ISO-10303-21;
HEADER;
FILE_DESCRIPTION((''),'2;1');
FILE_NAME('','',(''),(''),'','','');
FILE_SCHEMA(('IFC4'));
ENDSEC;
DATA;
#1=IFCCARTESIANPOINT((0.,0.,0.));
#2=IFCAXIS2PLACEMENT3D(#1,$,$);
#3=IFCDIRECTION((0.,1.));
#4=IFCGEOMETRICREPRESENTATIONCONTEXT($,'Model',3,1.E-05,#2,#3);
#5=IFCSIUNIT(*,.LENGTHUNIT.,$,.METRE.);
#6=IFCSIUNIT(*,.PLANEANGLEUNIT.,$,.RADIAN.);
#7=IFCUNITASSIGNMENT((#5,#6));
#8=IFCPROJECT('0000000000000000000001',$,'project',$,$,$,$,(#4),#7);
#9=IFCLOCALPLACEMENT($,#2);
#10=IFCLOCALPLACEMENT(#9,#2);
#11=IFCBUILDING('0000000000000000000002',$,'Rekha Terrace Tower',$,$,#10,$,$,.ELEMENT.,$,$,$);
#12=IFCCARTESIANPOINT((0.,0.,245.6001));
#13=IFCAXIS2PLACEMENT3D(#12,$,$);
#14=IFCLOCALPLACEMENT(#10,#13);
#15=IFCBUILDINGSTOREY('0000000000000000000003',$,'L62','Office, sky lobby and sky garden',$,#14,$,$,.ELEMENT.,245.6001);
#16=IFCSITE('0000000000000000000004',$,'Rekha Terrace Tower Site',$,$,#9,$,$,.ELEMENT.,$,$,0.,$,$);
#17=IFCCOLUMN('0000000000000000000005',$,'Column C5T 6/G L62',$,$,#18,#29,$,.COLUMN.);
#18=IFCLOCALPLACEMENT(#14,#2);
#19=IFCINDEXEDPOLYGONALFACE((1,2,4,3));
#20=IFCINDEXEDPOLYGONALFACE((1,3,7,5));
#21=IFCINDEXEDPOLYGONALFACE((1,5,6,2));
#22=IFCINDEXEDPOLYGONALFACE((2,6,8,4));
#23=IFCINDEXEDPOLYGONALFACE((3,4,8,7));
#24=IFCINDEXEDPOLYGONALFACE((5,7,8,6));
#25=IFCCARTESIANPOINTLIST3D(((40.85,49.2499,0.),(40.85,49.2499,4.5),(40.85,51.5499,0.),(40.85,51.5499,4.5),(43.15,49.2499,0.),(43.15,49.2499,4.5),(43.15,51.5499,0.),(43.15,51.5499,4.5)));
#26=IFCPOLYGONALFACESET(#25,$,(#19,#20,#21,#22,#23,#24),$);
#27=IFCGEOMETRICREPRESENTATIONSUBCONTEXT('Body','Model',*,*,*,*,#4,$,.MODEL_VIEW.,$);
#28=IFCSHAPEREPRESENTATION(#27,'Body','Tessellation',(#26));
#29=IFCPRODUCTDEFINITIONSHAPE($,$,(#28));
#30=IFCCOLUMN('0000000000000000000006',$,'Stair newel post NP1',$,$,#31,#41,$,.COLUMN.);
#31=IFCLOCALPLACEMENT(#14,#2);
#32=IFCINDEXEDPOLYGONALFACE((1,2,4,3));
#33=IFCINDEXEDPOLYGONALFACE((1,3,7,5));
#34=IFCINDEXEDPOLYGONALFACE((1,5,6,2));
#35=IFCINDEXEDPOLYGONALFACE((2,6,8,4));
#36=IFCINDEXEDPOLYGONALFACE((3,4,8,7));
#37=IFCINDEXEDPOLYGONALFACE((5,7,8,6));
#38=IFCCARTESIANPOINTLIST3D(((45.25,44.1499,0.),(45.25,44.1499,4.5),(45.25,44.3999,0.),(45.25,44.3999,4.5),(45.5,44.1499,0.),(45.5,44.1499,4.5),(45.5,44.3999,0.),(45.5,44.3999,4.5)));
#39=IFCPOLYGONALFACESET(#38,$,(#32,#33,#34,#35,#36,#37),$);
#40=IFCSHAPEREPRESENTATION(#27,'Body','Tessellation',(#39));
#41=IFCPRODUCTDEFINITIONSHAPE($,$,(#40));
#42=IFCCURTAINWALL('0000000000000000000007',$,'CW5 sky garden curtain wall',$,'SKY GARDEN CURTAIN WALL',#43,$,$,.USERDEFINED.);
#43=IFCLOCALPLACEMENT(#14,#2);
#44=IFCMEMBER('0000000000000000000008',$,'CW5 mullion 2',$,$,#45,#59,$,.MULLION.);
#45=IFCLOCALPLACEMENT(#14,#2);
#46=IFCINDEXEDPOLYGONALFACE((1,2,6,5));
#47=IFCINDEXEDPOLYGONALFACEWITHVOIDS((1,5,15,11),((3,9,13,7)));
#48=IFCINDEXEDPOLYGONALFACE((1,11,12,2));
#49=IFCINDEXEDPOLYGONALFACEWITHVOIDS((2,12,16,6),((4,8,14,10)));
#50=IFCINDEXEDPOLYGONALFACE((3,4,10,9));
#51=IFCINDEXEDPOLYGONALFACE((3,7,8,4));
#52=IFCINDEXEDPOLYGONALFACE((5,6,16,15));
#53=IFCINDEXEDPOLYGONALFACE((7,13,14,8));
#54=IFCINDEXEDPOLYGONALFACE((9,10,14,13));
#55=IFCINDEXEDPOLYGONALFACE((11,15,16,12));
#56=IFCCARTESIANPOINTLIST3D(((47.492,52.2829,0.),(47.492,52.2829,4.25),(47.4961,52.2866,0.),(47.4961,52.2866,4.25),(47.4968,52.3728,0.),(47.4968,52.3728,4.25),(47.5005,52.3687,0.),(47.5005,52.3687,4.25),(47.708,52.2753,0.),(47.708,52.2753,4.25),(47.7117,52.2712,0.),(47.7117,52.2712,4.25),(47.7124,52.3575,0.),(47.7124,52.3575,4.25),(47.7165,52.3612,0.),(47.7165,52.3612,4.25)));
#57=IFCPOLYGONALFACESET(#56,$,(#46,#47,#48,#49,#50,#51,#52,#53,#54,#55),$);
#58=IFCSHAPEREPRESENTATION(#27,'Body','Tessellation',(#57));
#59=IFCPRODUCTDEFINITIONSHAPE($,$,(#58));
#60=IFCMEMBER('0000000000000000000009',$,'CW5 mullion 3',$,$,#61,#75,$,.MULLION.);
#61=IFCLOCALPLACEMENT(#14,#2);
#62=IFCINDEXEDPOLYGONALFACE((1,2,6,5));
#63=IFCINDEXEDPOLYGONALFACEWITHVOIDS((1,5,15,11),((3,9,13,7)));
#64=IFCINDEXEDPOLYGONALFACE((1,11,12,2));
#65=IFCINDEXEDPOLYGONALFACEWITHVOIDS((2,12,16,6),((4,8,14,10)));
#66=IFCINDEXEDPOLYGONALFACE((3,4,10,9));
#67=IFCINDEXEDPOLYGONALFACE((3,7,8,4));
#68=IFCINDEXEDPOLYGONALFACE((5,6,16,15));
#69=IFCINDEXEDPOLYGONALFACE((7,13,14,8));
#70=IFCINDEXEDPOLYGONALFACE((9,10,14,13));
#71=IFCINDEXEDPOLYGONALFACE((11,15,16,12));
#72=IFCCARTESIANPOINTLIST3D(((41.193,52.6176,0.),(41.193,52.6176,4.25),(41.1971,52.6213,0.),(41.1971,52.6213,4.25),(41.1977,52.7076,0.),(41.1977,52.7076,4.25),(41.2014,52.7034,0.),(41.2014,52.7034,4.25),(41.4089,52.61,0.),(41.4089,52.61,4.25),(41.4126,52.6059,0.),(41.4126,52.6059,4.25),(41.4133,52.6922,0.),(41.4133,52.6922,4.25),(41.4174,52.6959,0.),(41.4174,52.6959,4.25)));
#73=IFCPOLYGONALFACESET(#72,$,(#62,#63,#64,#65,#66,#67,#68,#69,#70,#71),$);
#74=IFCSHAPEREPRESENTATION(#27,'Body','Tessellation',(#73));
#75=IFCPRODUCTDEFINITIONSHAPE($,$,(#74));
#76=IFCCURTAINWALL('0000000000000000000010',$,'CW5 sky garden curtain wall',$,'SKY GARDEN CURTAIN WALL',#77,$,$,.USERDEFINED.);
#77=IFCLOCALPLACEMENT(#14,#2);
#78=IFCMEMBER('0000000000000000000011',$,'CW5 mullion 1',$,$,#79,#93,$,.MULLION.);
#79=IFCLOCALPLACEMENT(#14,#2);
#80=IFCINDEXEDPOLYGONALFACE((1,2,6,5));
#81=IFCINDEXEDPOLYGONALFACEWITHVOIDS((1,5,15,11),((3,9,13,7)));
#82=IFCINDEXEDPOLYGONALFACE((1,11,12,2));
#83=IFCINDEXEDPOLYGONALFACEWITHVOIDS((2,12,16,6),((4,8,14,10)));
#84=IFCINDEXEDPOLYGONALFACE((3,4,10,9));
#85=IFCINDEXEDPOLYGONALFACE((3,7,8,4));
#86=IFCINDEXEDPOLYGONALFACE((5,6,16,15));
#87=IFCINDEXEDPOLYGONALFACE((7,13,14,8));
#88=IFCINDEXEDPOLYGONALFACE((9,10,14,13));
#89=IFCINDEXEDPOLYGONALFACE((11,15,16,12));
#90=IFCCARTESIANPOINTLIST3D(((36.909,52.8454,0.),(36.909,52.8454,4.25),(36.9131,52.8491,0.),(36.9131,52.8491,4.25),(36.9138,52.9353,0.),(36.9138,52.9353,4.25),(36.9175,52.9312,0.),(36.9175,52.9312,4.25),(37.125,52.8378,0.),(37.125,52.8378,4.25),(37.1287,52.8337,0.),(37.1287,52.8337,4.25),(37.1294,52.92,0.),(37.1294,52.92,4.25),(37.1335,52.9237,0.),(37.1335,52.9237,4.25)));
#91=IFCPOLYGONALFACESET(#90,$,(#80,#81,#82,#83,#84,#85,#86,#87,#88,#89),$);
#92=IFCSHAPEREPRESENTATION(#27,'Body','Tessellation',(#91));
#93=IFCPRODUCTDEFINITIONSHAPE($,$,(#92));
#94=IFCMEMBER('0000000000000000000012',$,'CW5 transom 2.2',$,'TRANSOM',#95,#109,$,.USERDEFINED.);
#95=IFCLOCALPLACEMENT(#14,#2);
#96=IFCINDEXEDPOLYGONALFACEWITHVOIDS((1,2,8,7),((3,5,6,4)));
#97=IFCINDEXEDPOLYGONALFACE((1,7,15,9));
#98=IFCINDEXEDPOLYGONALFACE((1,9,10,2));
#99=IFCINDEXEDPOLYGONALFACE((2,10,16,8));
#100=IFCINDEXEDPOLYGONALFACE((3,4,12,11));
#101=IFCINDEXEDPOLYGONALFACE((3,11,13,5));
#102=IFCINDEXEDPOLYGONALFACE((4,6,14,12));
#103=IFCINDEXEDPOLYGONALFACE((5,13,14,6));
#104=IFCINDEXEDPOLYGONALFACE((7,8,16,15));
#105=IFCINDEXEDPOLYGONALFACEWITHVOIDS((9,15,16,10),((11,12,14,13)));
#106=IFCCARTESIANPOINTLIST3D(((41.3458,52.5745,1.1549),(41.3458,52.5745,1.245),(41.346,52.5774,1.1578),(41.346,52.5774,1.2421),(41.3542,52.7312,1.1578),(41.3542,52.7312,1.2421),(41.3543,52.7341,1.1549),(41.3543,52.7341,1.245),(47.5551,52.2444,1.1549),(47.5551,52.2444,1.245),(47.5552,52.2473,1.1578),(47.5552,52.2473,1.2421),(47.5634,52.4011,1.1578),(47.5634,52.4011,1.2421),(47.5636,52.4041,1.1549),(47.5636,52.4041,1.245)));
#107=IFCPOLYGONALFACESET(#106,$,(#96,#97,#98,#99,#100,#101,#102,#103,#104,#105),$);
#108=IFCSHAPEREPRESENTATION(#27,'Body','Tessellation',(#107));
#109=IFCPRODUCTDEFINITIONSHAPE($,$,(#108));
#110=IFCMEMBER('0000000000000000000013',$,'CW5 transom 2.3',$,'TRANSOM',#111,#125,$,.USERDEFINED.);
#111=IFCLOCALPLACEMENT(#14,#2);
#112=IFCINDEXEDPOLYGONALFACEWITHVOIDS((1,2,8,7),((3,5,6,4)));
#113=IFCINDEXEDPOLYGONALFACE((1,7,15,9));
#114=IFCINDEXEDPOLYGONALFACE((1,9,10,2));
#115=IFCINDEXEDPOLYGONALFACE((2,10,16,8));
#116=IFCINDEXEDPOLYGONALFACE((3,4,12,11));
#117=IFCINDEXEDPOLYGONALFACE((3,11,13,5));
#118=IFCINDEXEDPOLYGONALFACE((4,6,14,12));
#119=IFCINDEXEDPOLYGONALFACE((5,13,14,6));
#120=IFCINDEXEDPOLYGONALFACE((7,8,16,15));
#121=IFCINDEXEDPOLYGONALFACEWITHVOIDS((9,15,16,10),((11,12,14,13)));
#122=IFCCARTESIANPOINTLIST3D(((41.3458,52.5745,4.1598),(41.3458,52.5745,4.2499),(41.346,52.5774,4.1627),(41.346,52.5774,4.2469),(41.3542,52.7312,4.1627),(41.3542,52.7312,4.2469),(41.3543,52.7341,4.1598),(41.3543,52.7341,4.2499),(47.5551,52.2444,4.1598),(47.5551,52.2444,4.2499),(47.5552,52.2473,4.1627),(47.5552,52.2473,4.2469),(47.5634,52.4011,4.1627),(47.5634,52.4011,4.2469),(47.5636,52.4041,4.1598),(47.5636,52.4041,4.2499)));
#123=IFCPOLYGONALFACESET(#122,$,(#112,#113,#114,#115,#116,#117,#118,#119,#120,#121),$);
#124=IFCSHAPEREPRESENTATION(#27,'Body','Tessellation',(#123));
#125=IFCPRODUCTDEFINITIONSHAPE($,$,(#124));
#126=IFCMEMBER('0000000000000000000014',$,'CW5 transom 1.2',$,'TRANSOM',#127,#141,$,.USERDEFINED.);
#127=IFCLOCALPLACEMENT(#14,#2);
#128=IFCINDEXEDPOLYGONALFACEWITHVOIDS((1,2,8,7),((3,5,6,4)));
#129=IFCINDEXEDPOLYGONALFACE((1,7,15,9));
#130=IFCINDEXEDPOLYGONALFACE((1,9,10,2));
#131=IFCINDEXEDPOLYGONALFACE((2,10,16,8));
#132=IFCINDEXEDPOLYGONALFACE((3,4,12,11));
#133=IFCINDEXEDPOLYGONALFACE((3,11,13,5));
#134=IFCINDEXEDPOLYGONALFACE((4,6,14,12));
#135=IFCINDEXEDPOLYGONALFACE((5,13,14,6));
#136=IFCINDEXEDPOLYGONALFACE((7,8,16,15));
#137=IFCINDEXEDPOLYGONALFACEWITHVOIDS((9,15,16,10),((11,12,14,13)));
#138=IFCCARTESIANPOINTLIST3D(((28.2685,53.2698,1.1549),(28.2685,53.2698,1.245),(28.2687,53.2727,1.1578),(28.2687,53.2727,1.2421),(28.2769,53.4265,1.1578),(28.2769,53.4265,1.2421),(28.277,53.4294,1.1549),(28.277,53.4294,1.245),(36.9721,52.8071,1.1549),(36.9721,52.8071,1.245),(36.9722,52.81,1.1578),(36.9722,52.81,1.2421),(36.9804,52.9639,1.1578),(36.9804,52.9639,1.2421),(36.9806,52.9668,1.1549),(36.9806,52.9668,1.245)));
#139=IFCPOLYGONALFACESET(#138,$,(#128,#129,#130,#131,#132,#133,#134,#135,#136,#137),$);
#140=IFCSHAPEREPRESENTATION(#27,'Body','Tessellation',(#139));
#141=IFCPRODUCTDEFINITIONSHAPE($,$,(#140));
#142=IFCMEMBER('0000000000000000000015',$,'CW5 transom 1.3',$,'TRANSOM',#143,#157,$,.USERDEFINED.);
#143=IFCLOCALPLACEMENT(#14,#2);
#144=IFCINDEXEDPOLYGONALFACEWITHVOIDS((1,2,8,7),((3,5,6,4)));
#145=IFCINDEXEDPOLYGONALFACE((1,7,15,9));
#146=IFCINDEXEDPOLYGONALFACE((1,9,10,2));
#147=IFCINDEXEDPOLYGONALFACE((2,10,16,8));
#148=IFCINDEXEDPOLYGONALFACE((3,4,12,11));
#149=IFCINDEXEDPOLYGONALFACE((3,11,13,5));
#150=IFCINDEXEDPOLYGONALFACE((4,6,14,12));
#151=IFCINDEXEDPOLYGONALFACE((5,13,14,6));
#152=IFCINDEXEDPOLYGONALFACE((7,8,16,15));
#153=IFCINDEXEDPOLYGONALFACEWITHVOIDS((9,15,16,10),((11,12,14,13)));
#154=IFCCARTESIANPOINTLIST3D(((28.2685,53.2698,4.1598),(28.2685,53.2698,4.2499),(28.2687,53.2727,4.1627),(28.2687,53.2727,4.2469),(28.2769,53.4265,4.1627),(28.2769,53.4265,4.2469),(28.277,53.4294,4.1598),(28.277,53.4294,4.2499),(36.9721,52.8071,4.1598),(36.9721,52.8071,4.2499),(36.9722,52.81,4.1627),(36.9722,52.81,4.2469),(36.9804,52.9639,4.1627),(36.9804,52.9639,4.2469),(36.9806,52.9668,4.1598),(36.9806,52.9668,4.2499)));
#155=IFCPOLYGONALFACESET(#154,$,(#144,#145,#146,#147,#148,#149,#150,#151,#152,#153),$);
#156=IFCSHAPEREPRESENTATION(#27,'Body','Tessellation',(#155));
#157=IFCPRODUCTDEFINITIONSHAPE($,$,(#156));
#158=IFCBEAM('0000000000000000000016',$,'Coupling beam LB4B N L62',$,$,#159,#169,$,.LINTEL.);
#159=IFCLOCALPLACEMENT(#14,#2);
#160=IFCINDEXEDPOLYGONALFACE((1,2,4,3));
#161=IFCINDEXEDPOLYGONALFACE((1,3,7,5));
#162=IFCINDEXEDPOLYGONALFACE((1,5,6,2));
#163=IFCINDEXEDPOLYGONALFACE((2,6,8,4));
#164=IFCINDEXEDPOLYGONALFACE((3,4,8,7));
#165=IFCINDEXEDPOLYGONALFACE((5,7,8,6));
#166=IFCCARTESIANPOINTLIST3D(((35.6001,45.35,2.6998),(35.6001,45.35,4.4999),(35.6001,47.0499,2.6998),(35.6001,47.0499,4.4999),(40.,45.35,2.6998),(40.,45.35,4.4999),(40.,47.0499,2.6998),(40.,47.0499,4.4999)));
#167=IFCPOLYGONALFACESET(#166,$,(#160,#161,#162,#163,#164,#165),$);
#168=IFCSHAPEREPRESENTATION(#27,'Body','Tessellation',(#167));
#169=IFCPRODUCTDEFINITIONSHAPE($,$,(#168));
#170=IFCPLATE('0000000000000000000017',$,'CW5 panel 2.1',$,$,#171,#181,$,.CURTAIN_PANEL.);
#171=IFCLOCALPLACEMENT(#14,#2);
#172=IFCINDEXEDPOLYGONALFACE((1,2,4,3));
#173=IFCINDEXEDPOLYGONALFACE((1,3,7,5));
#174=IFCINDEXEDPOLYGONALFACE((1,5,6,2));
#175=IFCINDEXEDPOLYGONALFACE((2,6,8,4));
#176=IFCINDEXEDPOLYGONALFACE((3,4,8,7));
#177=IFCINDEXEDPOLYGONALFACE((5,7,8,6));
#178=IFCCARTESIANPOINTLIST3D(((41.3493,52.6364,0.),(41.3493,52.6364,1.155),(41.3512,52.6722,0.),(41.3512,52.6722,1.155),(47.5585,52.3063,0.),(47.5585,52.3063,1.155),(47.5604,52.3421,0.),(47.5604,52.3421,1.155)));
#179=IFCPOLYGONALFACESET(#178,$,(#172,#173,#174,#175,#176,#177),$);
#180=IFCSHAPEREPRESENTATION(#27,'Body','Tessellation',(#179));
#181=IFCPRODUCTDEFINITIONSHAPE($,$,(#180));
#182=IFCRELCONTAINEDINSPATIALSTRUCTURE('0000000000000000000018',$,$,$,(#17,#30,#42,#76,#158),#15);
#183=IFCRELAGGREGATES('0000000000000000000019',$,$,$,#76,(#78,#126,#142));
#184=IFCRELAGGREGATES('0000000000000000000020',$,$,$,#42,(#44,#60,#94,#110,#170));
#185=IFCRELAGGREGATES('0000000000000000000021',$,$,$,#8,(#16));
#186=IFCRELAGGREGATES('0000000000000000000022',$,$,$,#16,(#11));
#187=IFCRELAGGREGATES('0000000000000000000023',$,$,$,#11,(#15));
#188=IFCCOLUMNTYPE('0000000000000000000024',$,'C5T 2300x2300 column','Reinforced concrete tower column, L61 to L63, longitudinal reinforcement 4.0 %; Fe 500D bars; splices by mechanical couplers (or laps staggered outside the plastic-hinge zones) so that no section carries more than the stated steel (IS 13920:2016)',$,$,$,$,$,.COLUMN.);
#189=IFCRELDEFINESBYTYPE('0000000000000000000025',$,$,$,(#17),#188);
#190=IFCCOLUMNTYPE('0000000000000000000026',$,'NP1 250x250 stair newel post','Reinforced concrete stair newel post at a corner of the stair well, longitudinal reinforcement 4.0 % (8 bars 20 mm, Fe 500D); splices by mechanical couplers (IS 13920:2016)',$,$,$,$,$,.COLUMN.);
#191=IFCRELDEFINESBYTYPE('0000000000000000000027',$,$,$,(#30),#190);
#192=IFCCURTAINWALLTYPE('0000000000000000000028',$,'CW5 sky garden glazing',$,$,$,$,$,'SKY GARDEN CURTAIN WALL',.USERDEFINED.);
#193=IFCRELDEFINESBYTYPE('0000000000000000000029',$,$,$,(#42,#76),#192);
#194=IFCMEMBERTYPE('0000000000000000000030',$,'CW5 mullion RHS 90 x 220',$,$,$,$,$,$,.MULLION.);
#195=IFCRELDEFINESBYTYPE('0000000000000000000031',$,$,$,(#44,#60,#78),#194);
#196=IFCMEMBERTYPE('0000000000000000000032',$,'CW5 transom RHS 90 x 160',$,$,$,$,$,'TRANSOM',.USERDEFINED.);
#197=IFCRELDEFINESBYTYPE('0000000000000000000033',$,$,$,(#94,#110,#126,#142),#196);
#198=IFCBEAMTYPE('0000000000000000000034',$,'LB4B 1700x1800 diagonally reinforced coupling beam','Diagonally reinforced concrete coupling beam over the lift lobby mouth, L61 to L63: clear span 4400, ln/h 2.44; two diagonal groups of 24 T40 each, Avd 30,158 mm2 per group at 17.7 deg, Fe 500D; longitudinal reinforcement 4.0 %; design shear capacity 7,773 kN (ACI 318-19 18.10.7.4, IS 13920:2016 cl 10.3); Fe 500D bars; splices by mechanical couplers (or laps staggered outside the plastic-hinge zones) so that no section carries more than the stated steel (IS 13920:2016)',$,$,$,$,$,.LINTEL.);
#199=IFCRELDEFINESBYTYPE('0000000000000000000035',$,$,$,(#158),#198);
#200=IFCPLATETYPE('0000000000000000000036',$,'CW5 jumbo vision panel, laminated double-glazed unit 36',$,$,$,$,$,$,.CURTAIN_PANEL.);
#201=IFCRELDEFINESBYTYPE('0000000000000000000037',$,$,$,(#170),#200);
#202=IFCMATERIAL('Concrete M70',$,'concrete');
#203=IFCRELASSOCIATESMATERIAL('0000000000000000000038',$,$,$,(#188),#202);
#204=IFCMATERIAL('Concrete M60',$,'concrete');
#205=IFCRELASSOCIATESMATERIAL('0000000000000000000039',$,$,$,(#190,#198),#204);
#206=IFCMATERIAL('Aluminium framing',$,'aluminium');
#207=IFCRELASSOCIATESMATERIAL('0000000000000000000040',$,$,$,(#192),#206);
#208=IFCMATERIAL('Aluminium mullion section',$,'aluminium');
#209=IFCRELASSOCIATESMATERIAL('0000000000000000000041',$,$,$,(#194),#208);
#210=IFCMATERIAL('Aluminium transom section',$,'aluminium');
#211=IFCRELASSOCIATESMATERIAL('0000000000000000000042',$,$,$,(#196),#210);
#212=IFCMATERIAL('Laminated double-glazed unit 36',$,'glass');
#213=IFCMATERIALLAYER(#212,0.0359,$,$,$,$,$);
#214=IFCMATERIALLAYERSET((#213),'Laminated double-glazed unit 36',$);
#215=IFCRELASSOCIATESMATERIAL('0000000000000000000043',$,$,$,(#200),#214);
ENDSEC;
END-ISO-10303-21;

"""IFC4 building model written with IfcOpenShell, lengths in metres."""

from ifc_helpers import new_model, si_unit, direction, frame, origin, origin_2d, place, context, subcontext, project, spatial, rectangle, hollow_rectangle, extrude, material, layer, layer_set, material_profile, profile_set, type_object, element, aggregate, save


model = new_model("IFC4")

# Units and contexts
model_context = context("Model", 3, precision=1e-05, world=origin(), true_north=direction((0.0, 1.0)))
body_context = subcontext(model_context, "Body", "Model", "MODEL_VIEW")
ifc_project = project(units=[si_unit("LENGTHUNIT", "METRE"), si_unit("PLANEANGLEUNIT", "RADIAN")], contexts=[model_context])

# Site, building, storey
site_placement = place(None, origin())
site = spatial("IfcSite", under=ifc_project, at=site_placement, Name="Rekha Terrace Tower Site", CompositionType="ELEMENT", RefElevation=0.0)
building_placement = place(site_placement, origin())
building = spatial("IfcBuilding", under=site, at=building_placement, Name="Rekha Terrace Tower", CompositionType="ELEMENT")
storey_placement = place(building_placement, frame((0.0, 0.0, 245.6001)))
storey = spatial("IfcBuildingStorey", under=building, at=storey_placement, Name="L62", Description="Office, sky lobby and sky garden", CompositionType="ELEMENT", Elevation=245.6001)

# Columns
ifc_material_1 = material(Name="Concrete M70", Category="concrete")
ifc_material_profile_1 = material_profile(ifc_material_1, rectangle(XDim=2.3, YDim=2.3, at=origin_2d()), Name="RC 2300x2300")
ifc_profile_set_1 = profile_set([ifc_material_profile_1], Name="Concrete M70")
column_type_1 = type_object("IfcColumnType", Name="C5T 2300x2300 column", Description="Reinforced concrete tower column, L61 to L63, longitudinal reinforcement 4.0 %; Fe 500D bars; splices by mechanical couplers (or laps staggered outside the plastic-hinge zones) so that no section carries more than the stated steel (IS 13920:2016)", PredefinedType="COLUMN", material=ifc_profile_set_1)
column_1_placement = place(storey_placement, frame((42.0, 50.3999, 0.0), z_axis=(0.0, 0.0, 1.0), x_axis=(1.0, 0.0, 0.0)))
element("IfcColumn", 1, at=column_1_placement, inside=storey, type_object=column_type_1, Name="Column C5T 6/G L62", PredefinedType="COLUMN", context=body_context, shape_type="SweptSolid", body=[
    extrude(rectangle(XDim=2.3, YDim=2.3, at=origin_2d()), origin(), (0.0, 0.0, 1.0), 4.5),
])
ifc_material_2 = material(Name="Concrete M60", Category="concrete")
ifc_material_profile_2 = material_profile(ifc_material_2, rectangle(XDim=0.25, YDim=0.25, at=origin_2d()), Name="RC 250x250")
ifc_profile_set_2 = profile_set([ifc_material_profile_2], Name="Concrete M60")
column_type_2 = type_object("IfcColumnType", Name="NP1 250x250 stair newel post", Description="Reinforced concrete stair newel post at a corner of the stair well, longitudinal reinforcement 4.0 % (8 bars 20 mm, Fe 500D); splices by mechanical couplers (IS 13920:2016)", PredefinedType="COLUMN", material=ifc_profile_set_2)
column_2_placement = place(storey_placement, frame((45.375, 44.2749, 0.0), z_axis=(0.0, 0.0, 1.0), x_axis=(1.0, 0.0, 0.0)))
element("IfcColumn", 2, at=column_2_placement, inside=storey, type_object=column_type_2, Name="Stair newel post NP1", PredefinedType="COLUMN", context=body_context, shape_type="SweptSolid", body=[
    extrude(rectangle(XDim=0.25, YDim=0.25, at=origin_2d()), origin(), (0.0, 0.0, 1.0), 4.5),
])

# Curtain wall, members
ifc_material_3 = material(Name="Aluminium framing", Category="aluminium")
curtain_wall_type = type_object("IfcCurtainWallType", Name="CW5 sky garden glazing", ElementType="SKY GARDEN CURTAIN WALL", PredefinedType="USERDEFINED", material=ifc_material_3)
curtain_wall_1_placement = place(storey_placement, origin())
curtain_wall_1 = element("IfcCurtainWall", 3, at=curtain_wall_1_placement, inside=storey, type_object=curtain_wall_type, Name="CW5 sky garden curtain wall", ObjectType="SKY GARDEN CURTAIN WALL", PredefinedType="USERDEFINED")
ifc_material_4 = material(Name="Aluminium mullion section", Category="aluminium")
ifc_material_profile_3 = material_profile(ifc_material_4, hollow_rectangle(XDim=0.0901, YDim=0.22, WallThickness=0.0039, at=origin_2d()), Name="AL RHS 90x220")
ifc_profile_set_3 = profile_set([ifc_material_profile_3], Name="Aluminium mullion section")
member_type_1 = type_object("IfcMemberType", Name="CW5 mullion RHS 90 x 220", PredefinedType="MULLION", material=ifc_profile_set_3)
member_1_placement = place(storey_placement, frame((47.6042, 52.322, 0.0), z_axis=(0.0, 0.0, 1.0), x_axis=(-0.053083, -0.99859, 0.0)))
member_1 = element("IfcMember", 4, at=member_1_placement, type_object=member_type_1, Name="CW5 mullion 2", PredefinedType="MULLION", context=body_context, shape_type="SweptSolid", body=[
    extrude(hollow_rectangle(XDim=0.0901, YDim=0.22, WallThickness=0.0039, at=origin_2d()), origin(), (0.0, 0.0, 1.0), 4.25),
])
member_2_placement = place(storey_placement, frame((41.3052, 52.6567, 0.0), z_axis=(0.0, 0.0, 1.0), x_axis=(-0.053083, -0.99859, 0.0)))
member_2 = element("IfcMember", 5, at=member_2_placement, type_object=member_type_1, Name="CW5 mullion 3", PredefinedType="MULLION", context=body_context, shape_type="SweptSolid", body=[
    extrude(hollow_rectangle(XDim=0.0901, YDim=0.22, WallThickness=0.0039, at=origin_2d()), origin(), (0.0, 0.0, 1.0), 4.25),
])

# Curtain wall, member
curtain_wall_2_placement = place(storey_placement, origin())
curtain_wall_2 = element("IfcCurtainWall", 6, at=curtain_wall_2_placement, inside=storey, type_object=curtain_wall_type, Name="CW5 sky garden curtain wall", ObjectType="SKY GARDEN CURTAIN WALL", PredefinedType="USERDEFINED")
member_3_placement = place(storey_placement, frame((37.0212, 52.8845, 0.0), z_axis=(0.0, 0.0, 1.0), x_axis=(-0.053083, -0.99859, 0.0)))
member_3 = element("IfcMember", 7, at=member_3_placement, type_object=member_type_1, Name="CW5 mullion 1", PredefinedType="MULLION", context=body_context, shape_type="SweptSolid", body=[
    extrude(hollow_rectangle(XDim=0.0901, YDim=0.22, WallThickness=0.0039, at=origin_2d()), origin(), (0.0, 0.0, 1.0), 4.25),
])

# Members
ifc_material_5 = material(Name="Aluminium transom section", Category="aluminium")
ifc_material_profile_4 = material_profile(ifc_material_5, hollow_rectangle(XDim=0.1599, YDim=0.0901, WallThickness=0.0029, at=origin_2d()), Name="AL RHS 160x90")
ifc_profile_set_4 = profile_set([ifc_material_profile_4], Name="Aluminium transom section")
member_type_2 = type_object("IfcMemberType", Name="CW5 transom RHS 90 x 160", ElementType="TRANSOM", PredefinedType="USERDEFINED", material=ifc_profile_set_4)
member_4_placement = place(storey_placement, frame((47.5593, 52.3242, 1.2), z_axis=(-0.99859, 0.053084, 0.0), x_axis=(-0.053084, -0.99859, 0.0)))
member_4 = element("IfcMember", 8, at=member_4_placement, type_object=member_type_2, Name="CW5 transom 2.2", ObjectType="TRANSOM", PredefinedType="USERDEFINED", context=body_context, shape_type="SweptSolid", body=[
    extrude(hollow_rectangle(XDim=0.1599, YDim=0.0901, WallThickness=0.0029, at=origin_2d()), origin(), (0.0, 0.0, 1.0), 6.218),
])
member_5_placement = place(storey_placement, frame((47.5593, 52.3242, 4.2048), z_axis=(-0.99859, 0.053084, 0.0), x_axis=(-0.053084, -0.99859, 0.0)))
member_5 = element("IfcMember", 9, at=member_5_placement, type_object=member_type_2, Name="CW5 transom 2.3", ObjectType="TRANSOM", PredefinedType="USERDEFINED", context=body_context, shape_type="SweptSolid", body=[
    extrude(hollow_rectangle(XDim=0.1599, YDim=0.0901, WallThickness=0.0029, at=origin_2d()), origin(), (0.0, 0.0, 1.0), 6.218),
])
member_6_placement = place(storey_placement, frame((36.9763, 52.887, 1.2), z_axis=(-0.99859, 0.053081, 0.0), x_axis=(-0.053081, -0.99859, 0.0)))
member_6 = element("IfcMember", 10, at=member_6_placement, type_object=member_type_2, Name="CW5 transom 1.2", ObjectType="TRANSOM", PredefinedType="USERDEFINED", context=body_context, shape_type="SweptSolid", body=[
    extrude(hollow_rectangle(XDim=0.1599, YDim=0.0901, WallThickness=0.0029, at=origin_2d()), origin(), (0.0, 0.0, 1.0), 8.7158),
])
member_7_placement = place(storey_placement, frame((36.9763, 52.887, 4.2048), z_axis=(-0.99859, 0.053081, 0.0), x_axis=(-0.053081, -0.99859, 0.0)))
member_7 = element("IfcMember", 11, at=member_7_placement, type_object=member_type_2, Name="CW5 transom 1.3", ObjectType="TRANSOM", PredefinedType="USERDEFINED", context=body_context, shape_type="SweptSolid", body=[
    extrude(hollow_rectangle(XDim=0.1599, YDim=0.0901, WallThickness=0.0029, at=origin_2d()), origin(), (0.0, 0.0, 1.0), 8.7158),
])
aggregate(curtain_wall_2, [member_3, member_6, member_7])

# Beam
ifc_material_profile_5 = material_profile(ifc_material_2, rectangle(XDim=1.7, YDim=1.8, at=origin_2d()), Name="RC 1700x1800")
ifc_profile_set_5 = profile_set([ifc_material_profile_5], Name="Concrete M60")
beam_type = type_object("IfcBeamType", Name="LB4B 1700x1800 diagonally reinforced coupling beam", Description="Diagonally reinforced concrete coupling beam over the lift lobby mouth, L61 to L63: clear span 4400, ln/h 2.44; two diagonal groups of 24 T40 each, Avd 30,158 mm2 per group at 17.7 deg, Fe 500D; longitudinal reinforcement 4.0 %; design shear capacity 7,773 kN (ACI 318-19 18.10.7.4, IS 13920:2016 cl 10.3); Fe 500D bars; splices by mechanical couplers (or laps staggered outside the plastic-hinge zones) so that no section carries more than the stated steel (IS 13920:2016)", PredefinedType="LINTEL", material=ifc_profile_set_5)
beam_placement = place(storey_placement, frame((35.6001, 46.2, 3.5999), z_axis=(1.0, 0.0, 0.0), x_axis=(0.0, 1.0, 0.0)))
element("IfcBeam", 12, at=beam_placement, inside=storey, type_object=beam_type, Name="Coupling beam LB4B N L62", PredefinedType="LINTEL", context=body_context, shape_type="SweptSolid", body=[
    extrude(rectangle(XDim=1.7, YDim=1.8, at=origin_2d()), origin(), (0.0, 0.0, 1.0), 4.3999),
])

# Plate
ifc_material_6 = material(Name="Laminated double-glazed unit 36", Category="glass")
ifc_layer_1 = layer(ifc_material_6, 0.0359)
ifc_layer_set_1 = layer_set([ifc_layer_1], Name="Laminated double-glazed unit 36")
plate_type = type_object("IfcPlateType", Name="CW5 jumbo vision panel, laminated double-glazed unit 36", PredefinedType="CURTAIN_PANEL", material=ifc_layer_set_1)
plate_1_placement = place(storey_placement, frame((44.4548, 52.4893, 0.0), z_axis=(0.0, 0.0, 1.0), x_axis=(-0.99859, 0.053083, 0.0)))
plate_1 = element("IfcPlate", 13, at=plate_1_placement, type_object=plate_type, Name="CW5 panel 2.1", PredefinedType="CURTAIN_PANEL", context=body_context, shape_type="SweptSolid", body=[
    extrude(rectangle(XDim=6.218, YDim=0.0359, at=origin_2d()), origin(), (0.0, 0.0, 1.0), 1.155),
])
aggregate(curtain_wall_1, [member_1, member_2, member_4, member_5, plate_1])

save(model, "model.ifc")
